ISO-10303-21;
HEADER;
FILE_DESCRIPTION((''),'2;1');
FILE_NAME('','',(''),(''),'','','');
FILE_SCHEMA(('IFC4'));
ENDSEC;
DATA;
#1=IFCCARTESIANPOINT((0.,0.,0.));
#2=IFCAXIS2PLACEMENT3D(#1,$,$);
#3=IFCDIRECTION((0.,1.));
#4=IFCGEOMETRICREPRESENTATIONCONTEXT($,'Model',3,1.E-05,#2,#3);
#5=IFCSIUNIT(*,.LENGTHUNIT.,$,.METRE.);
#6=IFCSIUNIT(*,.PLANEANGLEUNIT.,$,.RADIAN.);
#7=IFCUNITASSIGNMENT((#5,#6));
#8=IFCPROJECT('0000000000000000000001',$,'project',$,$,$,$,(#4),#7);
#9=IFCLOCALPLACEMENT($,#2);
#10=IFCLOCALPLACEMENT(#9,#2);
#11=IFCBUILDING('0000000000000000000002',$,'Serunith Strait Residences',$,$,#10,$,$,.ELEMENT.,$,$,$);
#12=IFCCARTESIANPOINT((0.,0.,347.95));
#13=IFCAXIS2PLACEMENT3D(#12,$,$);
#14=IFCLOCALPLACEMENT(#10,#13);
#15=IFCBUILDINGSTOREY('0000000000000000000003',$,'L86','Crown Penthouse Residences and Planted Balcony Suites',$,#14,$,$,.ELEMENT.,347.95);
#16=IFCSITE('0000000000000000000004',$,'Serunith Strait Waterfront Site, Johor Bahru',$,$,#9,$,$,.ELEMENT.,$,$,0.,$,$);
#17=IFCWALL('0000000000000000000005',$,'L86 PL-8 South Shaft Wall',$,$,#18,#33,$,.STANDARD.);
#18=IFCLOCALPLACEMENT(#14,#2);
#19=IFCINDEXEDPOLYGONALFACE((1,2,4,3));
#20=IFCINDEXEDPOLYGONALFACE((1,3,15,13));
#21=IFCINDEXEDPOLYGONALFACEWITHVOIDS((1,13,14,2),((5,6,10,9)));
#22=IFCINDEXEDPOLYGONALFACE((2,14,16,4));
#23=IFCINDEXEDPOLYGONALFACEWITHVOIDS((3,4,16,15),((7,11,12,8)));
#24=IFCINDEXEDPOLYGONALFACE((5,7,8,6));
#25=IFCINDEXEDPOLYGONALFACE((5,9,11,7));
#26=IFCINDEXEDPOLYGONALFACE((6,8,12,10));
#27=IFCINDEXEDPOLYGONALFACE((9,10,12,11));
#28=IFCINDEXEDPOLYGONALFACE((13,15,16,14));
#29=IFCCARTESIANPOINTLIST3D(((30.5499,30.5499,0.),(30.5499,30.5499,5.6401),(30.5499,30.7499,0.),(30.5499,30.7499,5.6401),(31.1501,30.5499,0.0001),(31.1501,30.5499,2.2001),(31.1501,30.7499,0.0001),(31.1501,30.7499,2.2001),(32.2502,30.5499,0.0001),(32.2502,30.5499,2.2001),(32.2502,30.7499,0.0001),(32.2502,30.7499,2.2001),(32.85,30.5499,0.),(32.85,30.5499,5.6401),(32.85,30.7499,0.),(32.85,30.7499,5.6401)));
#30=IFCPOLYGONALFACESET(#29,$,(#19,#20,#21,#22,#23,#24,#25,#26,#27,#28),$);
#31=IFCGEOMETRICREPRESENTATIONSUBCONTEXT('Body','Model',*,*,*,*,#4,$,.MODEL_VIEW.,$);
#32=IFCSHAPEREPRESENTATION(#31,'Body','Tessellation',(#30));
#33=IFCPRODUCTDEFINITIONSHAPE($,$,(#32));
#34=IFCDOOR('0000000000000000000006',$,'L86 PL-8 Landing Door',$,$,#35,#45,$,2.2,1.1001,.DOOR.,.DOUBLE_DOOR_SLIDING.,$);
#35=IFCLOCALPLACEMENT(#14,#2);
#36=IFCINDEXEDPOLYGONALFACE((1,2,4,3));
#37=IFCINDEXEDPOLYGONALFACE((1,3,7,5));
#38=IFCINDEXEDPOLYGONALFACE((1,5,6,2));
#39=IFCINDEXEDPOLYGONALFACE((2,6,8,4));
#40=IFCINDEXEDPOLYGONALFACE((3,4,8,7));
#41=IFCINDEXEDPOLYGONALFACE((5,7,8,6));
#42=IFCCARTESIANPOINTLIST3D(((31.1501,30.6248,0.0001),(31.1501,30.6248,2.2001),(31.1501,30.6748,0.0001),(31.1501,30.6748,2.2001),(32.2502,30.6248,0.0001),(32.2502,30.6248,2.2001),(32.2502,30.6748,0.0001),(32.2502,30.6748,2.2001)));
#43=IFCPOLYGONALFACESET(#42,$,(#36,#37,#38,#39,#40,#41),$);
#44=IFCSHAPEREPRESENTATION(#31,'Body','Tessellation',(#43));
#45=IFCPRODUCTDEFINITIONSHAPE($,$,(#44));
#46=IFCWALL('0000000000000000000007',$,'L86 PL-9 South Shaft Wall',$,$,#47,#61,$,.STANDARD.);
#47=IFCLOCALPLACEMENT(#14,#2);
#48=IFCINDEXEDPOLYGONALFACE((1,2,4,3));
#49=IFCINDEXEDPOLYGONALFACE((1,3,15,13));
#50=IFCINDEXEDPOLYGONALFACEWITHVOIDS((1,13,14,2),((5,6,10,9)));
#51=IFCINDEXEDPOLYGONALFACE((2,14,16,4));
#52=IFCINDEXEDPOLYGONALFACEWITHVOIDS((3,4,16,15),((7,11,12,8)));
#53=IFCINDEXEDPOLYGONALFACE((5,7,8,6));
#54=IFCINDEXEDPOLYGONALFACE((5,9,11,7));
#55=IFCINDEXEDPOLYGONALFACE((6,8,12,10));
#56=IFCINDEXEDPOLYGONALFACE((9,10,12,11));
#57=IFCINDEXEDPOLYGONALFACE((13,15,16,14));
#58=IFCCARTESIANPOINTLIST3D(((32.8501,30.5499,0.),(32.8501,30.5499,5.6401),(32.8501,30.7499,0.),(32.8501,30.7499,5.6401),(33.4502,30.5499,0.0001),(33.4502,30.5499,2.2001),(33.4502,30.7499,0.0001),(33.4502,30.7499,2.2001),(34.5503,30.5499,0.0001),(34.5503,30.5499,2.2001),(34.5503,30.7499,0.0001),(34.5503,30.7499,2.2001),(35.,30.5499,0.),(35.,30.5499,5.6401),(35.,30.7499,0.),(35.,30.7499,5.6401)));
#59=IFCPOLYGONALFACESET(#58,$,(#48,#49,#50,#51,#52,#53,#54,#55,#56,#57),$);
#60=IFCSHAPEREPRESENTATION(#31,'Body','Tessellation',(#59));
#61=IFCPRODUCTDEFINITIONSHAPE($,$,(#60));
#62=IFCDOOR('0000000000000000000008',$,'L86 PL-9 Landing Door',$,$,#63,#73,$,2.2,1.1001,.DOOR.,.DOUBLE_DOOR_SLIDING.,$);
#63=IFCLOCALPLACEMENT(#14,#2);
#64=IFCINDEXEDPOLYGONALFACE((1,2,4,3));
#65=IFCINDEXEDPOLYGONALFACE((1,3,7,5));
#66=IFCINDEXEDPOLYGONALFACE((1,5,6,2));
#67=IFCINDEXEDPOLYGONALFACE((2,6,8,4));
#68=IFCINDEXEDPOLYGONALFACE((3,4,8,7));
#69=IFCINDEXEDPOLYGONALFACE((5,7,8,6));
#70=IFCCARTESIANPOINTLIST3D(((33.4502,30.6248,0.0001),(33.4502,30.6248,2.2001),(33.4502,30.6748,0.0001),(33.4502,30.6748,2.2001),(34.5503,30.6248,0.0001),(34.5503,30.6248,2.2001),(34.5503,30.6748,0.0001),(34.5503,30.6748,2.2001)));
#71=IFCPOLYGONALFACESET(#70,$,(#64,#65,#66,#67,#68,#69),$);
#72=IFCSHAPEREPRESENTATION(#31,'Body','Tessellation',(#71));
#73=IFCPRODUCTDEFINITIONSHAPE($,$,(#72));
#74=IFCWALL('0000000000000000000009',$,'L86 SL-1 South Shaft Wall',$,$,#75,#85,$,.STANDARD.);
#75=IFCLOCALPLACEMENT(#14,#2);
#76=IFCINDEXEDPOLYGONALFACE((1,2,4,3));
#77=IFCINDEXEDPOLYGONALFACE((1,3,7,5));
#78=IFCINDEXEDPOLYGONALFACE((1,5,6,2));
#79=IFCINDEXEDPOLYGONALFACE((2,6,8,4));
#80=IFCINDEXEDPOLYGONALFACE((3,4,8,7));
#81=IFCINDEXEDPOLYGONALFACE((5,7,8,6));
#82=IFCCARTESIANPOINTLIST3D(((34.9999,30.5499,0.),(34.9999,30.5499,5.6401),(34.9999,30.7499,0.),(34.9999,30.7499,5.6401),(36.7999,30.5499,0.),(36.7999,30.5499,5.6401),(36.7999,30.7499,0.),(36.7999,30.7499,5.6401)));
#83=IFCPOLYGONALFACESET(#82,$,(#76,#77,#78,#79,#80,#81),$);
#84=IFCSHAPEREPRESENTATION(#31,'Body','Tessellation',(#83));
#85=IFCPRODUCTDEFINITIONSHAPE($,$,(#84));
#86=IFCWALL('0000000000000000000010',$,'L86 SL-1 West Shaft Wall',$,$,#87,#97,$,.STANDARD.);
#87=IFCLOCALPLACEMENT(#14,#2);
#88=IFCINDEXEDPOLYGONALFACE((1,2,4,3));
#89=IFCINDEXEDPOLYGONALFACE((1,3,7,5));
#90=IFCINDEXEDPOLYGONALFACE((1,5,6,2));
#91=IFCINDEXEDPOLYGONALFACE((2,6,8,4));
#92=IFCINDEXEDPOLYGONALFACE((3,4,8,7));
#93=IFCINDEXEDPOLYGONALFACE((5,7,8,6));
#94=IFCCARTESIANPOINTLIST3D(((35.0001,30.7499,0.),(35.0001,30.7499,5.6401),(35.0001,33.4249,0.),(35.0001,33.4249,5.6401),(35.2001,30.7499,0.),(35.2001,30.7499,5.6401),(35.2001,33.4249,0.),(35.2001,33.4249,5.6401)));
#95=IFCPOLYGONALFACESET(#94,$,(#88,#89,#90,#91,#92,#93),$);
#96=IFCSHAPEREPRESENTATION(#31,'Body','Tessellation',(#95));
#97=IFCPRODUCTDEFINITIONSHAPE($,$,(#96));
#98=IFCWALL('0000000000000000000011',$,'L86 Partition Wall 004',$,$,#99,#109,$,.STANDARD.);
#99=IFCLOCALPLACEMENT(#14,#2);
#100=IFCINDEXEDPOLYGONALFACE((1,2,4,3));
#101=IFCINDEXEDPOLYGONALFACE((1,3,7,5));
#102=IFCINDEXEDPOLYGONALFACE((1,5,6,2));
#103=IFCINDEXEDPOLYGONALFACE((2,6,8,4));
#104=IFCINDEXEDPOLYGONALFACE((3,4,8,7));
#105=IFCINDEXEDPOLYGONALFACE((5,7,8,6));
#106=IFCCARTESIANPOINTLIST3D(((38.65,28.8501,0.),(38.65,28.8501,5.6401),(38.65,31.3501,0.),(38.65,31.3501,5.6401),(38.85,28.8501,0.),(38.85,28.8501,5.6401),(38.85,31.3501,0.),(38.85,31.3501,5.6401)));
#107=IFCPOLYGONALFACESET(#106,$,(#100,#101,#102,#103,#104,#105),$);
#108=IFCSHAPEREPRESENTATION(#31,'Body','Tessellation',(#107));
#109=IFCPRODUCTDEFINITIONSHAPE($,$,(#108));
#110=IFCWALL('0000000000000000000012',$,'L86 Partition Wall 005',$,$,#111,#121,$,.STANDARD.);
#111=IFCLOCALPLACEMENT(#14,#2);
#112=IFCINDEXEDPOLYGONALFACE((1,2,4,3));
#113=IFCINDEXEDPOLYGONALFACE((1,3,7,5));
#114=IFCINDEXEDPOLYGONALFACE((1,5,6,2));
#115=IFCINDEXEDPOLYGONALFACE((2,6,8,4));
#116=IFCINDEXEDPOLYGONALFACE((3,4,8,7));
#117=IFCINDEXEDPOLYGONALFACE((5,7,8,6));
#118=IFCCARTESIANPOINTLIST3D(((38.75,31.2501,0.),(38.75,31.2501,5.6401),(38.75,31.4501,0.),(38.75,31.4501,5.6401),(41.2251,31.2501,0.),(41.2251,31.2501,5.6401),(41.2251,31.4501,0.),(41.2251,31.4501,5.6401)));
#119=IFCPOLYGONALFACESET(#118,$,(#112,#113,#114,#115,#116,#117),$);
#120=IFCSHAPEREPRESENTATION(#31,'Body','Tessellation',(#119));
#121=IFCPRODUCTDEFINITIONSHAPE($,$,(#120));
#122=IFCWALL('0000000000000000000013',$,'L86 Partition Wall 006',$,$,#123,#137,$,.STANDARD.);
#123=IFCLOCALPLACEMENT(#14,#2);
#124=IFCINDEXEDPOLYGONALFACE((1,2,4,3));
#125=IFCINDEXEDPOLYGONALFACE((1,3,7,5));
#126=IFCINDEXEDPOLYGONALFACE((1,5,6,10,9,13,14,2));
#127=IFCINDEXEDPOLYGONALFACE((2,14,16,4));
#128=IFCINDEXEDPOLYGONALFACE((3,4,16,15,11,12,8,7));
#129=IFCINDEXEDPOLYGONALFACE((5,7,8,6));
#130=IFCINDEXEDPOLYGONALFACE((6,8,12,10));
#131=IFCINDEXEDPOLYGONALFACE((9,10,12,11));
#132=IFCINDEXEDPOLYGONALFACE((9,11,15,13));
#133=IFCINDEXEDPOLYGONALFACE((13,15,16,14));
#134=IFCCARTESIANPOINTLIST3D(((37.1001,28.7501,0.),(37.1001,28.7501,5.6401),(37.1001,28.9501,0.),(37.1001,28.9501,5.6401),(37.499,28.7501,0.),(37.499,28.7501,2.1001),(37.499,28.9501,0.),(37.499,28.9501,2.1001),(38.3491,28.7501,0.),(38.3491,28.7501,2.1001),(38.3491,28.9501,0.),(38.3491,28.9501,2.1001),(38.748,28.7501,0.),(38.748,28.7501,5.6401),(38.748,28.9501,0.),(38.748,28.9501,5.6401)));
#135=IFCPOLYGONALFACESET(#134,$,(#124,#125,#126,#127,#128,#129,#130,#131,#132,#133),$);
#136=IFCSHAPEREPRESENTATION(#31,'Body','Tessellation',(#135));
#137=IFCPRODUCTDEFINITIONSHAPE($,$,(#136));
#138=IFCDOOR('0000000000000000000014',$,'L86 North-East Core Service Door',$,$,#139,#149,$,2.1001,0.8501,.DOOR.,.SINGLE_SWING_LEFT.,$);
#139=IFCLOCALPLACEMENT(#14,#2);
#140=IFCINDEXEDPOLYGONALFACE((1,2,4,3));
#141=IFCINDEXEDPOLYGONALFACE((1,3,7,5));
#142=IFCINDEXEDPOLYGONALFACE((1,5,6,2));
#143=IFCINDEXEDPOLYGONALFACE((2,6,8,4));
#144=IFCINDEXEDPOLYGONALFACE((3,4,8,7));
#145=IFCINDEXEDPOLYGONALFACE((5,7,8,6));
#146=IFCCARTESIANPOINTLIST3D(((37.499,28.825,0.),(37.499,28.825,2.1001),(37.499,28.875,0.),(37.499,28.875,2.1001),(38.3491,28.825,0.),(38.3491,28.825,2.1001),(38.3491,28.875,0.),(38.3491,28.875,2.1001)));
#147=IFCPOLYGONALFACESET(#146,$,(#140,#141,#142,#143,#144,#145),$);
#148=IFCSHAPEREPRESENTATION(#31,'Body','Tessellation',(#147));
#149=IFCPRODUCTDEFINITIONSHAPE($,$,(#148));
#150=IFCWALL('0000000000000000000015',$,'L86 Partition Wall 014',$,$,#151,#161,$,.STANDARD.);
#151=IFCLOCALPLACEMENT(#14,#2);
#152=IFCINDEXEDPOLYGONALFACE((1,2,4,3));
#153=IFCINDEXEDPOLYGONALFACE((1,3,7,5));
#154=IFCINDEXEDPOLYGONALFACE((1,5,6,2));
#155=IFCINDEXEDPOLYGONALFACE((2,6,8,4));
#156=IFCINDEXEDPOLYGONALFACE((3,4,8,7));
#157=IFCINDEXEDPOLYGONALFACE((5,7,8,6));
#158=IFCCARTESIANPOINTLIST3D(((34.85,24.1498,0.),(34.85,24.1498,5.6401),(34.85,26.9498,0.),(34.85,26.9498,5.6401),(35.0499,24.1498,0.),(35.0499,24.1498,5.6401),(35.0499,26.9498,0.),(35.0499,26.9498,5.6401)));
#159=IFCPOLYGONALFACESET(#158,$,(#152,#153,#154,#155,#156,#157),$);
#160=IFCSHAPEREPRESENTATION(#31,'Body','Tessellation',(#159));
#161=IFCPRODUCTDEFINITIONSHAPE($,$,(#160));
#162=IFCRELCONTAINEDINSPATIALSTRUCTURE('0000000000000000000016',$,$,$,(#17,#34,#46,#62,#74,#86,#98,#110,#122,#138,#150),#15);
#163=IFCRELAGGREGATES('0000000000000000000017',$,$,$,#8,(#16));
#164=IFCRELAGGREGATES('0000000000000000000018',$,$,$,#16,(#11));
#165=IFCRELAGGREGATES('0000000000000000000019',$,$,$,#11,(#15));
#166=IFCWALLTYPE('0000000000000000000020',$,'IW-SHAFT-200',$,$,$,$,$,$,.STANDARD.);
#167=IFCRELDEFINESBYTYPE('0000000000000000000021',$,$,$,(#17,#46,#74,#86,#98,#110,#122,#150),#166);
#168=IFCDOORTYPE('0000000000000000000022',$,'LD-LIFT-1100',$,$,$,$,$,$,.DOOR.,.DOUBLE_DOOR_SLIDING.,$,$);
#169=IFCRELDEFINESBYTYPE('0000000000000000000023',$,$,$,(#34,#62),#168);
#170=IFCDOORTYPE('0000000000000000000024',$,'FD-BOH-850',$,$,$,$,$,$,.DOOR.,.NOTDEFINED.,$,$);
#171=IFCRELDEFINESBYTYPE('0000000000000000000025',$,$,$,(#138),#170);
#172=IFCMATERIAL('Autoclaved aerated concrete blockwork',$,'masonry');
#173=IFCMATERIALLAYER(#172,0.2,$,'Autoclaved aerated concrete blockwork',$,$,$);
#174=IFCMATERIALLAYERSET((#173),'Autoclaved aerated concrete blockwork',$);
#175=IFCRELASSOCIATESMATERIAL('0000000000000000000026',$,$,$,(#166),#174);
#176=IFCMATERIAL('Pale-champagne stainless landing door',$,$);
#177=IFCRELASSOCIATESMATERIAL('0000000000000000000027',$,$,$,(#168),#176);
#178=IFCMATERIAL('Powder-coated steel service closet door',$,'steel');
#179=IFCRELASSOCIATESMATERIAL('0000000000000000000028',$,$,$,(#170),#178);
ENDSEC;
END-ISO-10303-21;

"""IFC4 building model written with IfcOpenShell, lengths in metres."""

from ifc_helpers import new_model, si_unit, direction, frame, frame_2d, origin, place, context, subcontext, project, spatial, rectangle, extrude, source, transform, mapped, material, layer, layer_set, type_object, element, fill, save


model = new_model("IFC4")

# Units and contexts
model_context = context("Model", 3, precision=1e-05, world=origin(), true_north=direction((0.0, 1.0)))
body_context = subcontext(model_context, "Body", "Model", "MODEL_VIEW")
ifc_project = project(units=[si_unit("LENGTHUNIT", "METRE"), si_unit("PLANEANGLEUNIT", "RADIAN")], contexts=[model_context])

# Site, building, storey
site_placement = place(None, origin())
site = spatial("IfcSite", under=ifc_project, at=site_placement, Name="Serunith Strait Waterfront Site, Johor Bahru", CompositionType="ELEMENT", RefElevation=0.0)
building_placement = place(site_placement, origin())
building = spatial("IfcBuilding", under=site, at=building_placement, Name="Serunith Strait Residences", CompositionType="ELEMENT")
storey_placement = place(building_placement, frame((0.0, 0.0, 347.95)))
storey = spatial("IfcBuildingStorey", under=building, at=storey_placement, Name="L86", Description="Crown Penthouse Residences and Planted Balcony Suites", CompositionType="ELEMENT", Elevation=347.95)

# Walls, openings, doors
ifc_material_1 = material(Name="Autoclaved aerated concrete blockwork", Category="masonry")
ifc_layer_1 = layer(ifc_material_1, 0.2, Name="Autoclaved aerated concrete blockwork")
ifc_layer_set_1 = layer_set([ifc_layer_1], Name="Autoclaved aerated concrete blockwork")
wall_type_1 = type_object("IfcWallType", Name="IW-SHAFT-200", PredefinedType="STANDARD", material=ifc_layer_set_1)
wall_1_placement = place(storey_placement, frame((30.55, 30.6499, 0.0), z_axis=(0.0, 0.0, 1.0), x_axis=(1.0, 0.0, 0.0)))
wall_1 = element("IfcWall", 1, at=wall_1_placement, inside=storey, type_object=wall_type_1, Name="L86 PL-8 South Shaft Wall", PredefinedType="STANDARD", context=body_context, shape_type="SweptSolid", body=[
    extrude(rectangle(XDim=2.3, YDim=0.2, at=frame_2d((1.1499, 0.0))), origin(), (0.0, 0.0, 1.0), 5.6401),
])
opening_1_placement = place(wall_1_placement, frame((0.6001, 0.0, 0.0)))
opening_1 = element("IfcOpeningElement", 2, at=opening_1_placement, cuts=wall_1, PredefinedType="OPENING", context=body_context, shape_type="SweptSolid", body=[
    extrude(rectangle(XDim=1.1001, YDim=2.2, at=frame_2d((0.55, 1.1001))), frame((0.0, 0.1099, 0.0), z_axis=(0.0, -1.0, 0.0), x_axis=(1.0, 0.0, 0.0)), (0.0, 0.0, 1.0), 0.22),
])
ifc_material_2 = material(Name="Pale-champagne stainless landing door")
door_type_1 = type_object("IfcDoorType", Name="LD-LIFT-1100", OperationType="DOUBLE_DOOR_SLIDING", PredefinedType="DOOR", material=ifc_material_2)
shared_shape_1 = source(origin(), body_context, "Body", "SweptSolid", [
    extrude(rectangle(XDim=1.1001, YDim=2.2, at=frame_2d((0.55, 1.1001))), frame((0.0, 0.0249, 0.0), z_axis=(0.0, -1.0, 0.0), x_axis=(1.0, 0.0, 0.0)), (0.0, 0.0, 1.0), 0.05),
])
door_1_placement = place(opening_1_placement, origin())
door_1 = element("IfcDoor", 3, at=door_1_placement, inside=storey, type_object=door_type_1, Name="L86 PL-8 Landing Door", OperationType="DOUBLE_DOOR_SLIDING", OverallHeight=2.2, OverallWidth=1.1001, PredefinedType="DOOR", context=body_context, shape_type="MappedRepresentation", body=[
    mapped(shared_shape_1, transform((0.0, 0.0, 0.0), scale=1.0)),
])
fill(opening_1, door_1)
wall_2_placement = place(storey_placement, frame((32.8501, 30.6499, 0.0), z_axis=(0.0, 0.0, 1.0), x_axis=(1.0, 0.0, 0.0)))
wall_2 = element("IfcWall", 4, at=wall_2_placement, inside=storey, type_object=wall_type_1, Name="L86 PL-9 South Shaft Wall", PredefinedType="STANDARD", context=body_context, shape_type="SweptSolid", body=[
    extrude(rectangle(XDim=2.1499, YDim=0.2, at=frame_2d((1.075, 0.0))), origin(), (0.0, 0.0, 1.0), 5.6401),
])
opening_2_placement = place(wall_2_placement, frame((0.6001, 0.0, 0.0)))
opening_2 = element("IfcOpeningElement", 5, at=opening_2_placement, cuts=wall_2, PredefinedType="OPENING", context=body_context, shape_type="SweptSolid", body=[
    extrude(rectangle(XDim=1.1001, YDim=2.2, at=frame_2d((0.55, 1.1001))), frame((0.0, 0.1099, 0.0), z_axis=(0.0, -1.0, 0.0), x_axis=(1.0, 0.0, 0.0)), (0.0, 0.0, 1.0), 0.22),
])
door_2_placement = place(opening_2_placement, origin())
door_2 = element("IfcDoor", 6, at=door_2_placement, inside=storey, type_object=door_type_1, Name="L86 PL-9 Landing Door", OperationType="DOUBLE_DOOR_SLIDING", OverallHeight=2.2, OverallWidth=1.1001, PredefinedType="DOOR", context=body_context, shape_type="MappedRepresentation", body=[
    mapped(shared_shape_1, transform((0.0, 0.0, 0.0), scale=1.0)),
])
fill(opening_2, door_2)

# Walls
wall_3_placement = place(storey_placement, frame((35.0, 30.6499, 0.0), z_axis=(0.0, 0.0, 1.0), x_axis=(1.0, 0.0, 0.0)))
element("IfcWall", 7, at=wall_3_placement, inside=storey, type_object=wall_type_1, Name="L86 SL-1 South Shaft Wall", PredefinedType="STANDARD", context=body_context, shape_type="SweptSolid", body=[
    extrude(rectangle(XDim=1.8, YDim=0.2, at=frame_2d((0.8999, 0.0))), origin(), (0.0, 0.0, 1.0), 5.6401),
])
wall_4_placement = place(storey_placement, frame((35.1001, 30.75, 0.0), z_axis=(0.0, 0.0, 1.0), x_axis=(0.0, 1.0, 0.0)))
element("IfcWall", 8, at=wall_4_placement, inside=storey, type_object=wall_type_1, Name="L86 SL-1 West Shaft Wall", PredefinedType="STANDARD", context=body_context, shape_type="SweptSolid", body=[
    extrude(rectangle(XDim=2.675, YDim=0.2, at=frame_2d((1.3374, 0.0))), origin(), (0.0, 0.0, 1.0), 5.6401),
])
wall_5_placement = place(storey_placement, frame((38.75, 28.8501, 0.0), z_axis=(0.0, 0.0, 1.0), x_axis=(0.0, 1.0, 0.0)))
element("IfcWall", 9, at=wall_5_placement, inside=storey, type_object=wall_type_1, Name="L86 Partition Wall 004", PredefinedType="STANDARD", context=body_context, shape_type="SweptSolid", body=[
    extrude(rectangle(XDim=2.5, YDim=0.2, at=frame_2d((1.25, 0.0))), origin(), (0.0, 0.0, 1.0), 5.6401),
])
wall_6_placement = place(storey_placement, frame((38.75, 31.3501, 0.0), z_axis=(0.0, 0.0, 1.0), x_axis=(1.0, 0.0, 0.0)))
element("IfcWall", 10, at=wall_6_placement, inside=storey, type_object=wall_type_1, Name="L86 Partition Wall 005", PredefinedType="STANDARD", context=body_context, shape_type="SweptSolid", body=[
    extrude(rectangle(XDim=2.4751, YDim=0.2, at=frame_2d((1.2375, 0.0))), origin(), (0.0, 0.0, 1.0), 5.6401),
])

# Wall, opening, door
wall_7_placement = place(storey_placement, frame((37.1001, 28.8501, 0.0), z_axis=(0.0, 0.0, 1.0), x_axis=(1.0, 0.0, 0.0)))
wall_7 = element("IfcWall", 11, at=wall_7_placement, inside=storey, type_object=wall_type_1, Name="L86 Partition Wall 006", PredefinedType="STANDARD", context=body_context, shape_type="SweptSolid", body=[
    extrude(rectangle(XDim=1.6479, YDim=0.2, at=frame_2d((0.824, 0.0))), origin(), (0.0, 0.0, 1.0), 5.6401),
])
opening_3_placement = place(wall_7_placement, frame((0.3989, 0.0, 0.0)))
opening_3 = element("IfcOpeningElement", 12, at=opening_3_placement, cuts=wall_7, PredefinedType="OPENING", context=body_context, shape_type="SweptSolid", body=[
    extrude(rectangle(XDim=0.8501, YDim=2.1001, at=frame_2d((0.425, 1.05))), frame((0.0, 0.1099, 0.0), z_axis=(0.0, -1.0, 0.0), x_axis=(1.0, 0.0, 0.0)), (0.0, 0.0, 1.0), 0.22),
])
ifc_material_3 = material(Name="Powder-coated steel service closet door", Category="steel")
door_type_2 = type_object("IfcDoorType", Name="FD-BOH-850", OperationType="NOTDEFINED", PredefinedType="DOOR", material=ifc_material_3)
shared_shape_2 = source(origin(), body_context, "Body", "SweptSolid", [
    extrude(rectangle(XDim=0.8501, YDim=2.1001, at=frame_2d((0.425, 1.05))), frame((0.0, 0.0249, 0.0), z_axis=(0.0, -1.0, 0.0), x_axis=(1.0, 0.0, 0.0)), (0.0, 0.0, 1.0), 0.05),
])
door_3_placement = place(opening_3_placement, origin())
door_3 = element("IfcDoor", 13, at=door_3_placement, inside=storey, type_object=door_type_2, Name="L86 North-East Core Service Door", OperationType="SINGLE_SWING_LEFT", OverallHeight=2.1001, OverallWidth=0.8501, PredefinedType="DOOR", context=body_context, shape_type="MappedRepresentation", body=[
    mapped(shared_shape_2, transform((0.0, 0.0, 0.0), scale=1.0)),
])
fill(opening_3, door_3)

# Wall
wall_8_placement = place(storey_placement, frame((34.95, 24.1499, 0.0), z_axis=(0.0, 0.0, 1.0), x_axis=(0.0, 1.0, 0.0)))
element("IfcWall", 14, at=wall_8_placement, inside=storey, type_object=wall_type_1, Name="L86 Partition Wall 014", PredefinedType="STANDARD", context=body_context, shape_type="SweptSolid", body=[
    extrude(rectangle(XDim=2.8, YDim=0.2, at=frame_2d((1.3999, 0.0))), origin(), (0.0, 0.0, 1.0), 5.6401),
])

save(model, "model.ifc")
